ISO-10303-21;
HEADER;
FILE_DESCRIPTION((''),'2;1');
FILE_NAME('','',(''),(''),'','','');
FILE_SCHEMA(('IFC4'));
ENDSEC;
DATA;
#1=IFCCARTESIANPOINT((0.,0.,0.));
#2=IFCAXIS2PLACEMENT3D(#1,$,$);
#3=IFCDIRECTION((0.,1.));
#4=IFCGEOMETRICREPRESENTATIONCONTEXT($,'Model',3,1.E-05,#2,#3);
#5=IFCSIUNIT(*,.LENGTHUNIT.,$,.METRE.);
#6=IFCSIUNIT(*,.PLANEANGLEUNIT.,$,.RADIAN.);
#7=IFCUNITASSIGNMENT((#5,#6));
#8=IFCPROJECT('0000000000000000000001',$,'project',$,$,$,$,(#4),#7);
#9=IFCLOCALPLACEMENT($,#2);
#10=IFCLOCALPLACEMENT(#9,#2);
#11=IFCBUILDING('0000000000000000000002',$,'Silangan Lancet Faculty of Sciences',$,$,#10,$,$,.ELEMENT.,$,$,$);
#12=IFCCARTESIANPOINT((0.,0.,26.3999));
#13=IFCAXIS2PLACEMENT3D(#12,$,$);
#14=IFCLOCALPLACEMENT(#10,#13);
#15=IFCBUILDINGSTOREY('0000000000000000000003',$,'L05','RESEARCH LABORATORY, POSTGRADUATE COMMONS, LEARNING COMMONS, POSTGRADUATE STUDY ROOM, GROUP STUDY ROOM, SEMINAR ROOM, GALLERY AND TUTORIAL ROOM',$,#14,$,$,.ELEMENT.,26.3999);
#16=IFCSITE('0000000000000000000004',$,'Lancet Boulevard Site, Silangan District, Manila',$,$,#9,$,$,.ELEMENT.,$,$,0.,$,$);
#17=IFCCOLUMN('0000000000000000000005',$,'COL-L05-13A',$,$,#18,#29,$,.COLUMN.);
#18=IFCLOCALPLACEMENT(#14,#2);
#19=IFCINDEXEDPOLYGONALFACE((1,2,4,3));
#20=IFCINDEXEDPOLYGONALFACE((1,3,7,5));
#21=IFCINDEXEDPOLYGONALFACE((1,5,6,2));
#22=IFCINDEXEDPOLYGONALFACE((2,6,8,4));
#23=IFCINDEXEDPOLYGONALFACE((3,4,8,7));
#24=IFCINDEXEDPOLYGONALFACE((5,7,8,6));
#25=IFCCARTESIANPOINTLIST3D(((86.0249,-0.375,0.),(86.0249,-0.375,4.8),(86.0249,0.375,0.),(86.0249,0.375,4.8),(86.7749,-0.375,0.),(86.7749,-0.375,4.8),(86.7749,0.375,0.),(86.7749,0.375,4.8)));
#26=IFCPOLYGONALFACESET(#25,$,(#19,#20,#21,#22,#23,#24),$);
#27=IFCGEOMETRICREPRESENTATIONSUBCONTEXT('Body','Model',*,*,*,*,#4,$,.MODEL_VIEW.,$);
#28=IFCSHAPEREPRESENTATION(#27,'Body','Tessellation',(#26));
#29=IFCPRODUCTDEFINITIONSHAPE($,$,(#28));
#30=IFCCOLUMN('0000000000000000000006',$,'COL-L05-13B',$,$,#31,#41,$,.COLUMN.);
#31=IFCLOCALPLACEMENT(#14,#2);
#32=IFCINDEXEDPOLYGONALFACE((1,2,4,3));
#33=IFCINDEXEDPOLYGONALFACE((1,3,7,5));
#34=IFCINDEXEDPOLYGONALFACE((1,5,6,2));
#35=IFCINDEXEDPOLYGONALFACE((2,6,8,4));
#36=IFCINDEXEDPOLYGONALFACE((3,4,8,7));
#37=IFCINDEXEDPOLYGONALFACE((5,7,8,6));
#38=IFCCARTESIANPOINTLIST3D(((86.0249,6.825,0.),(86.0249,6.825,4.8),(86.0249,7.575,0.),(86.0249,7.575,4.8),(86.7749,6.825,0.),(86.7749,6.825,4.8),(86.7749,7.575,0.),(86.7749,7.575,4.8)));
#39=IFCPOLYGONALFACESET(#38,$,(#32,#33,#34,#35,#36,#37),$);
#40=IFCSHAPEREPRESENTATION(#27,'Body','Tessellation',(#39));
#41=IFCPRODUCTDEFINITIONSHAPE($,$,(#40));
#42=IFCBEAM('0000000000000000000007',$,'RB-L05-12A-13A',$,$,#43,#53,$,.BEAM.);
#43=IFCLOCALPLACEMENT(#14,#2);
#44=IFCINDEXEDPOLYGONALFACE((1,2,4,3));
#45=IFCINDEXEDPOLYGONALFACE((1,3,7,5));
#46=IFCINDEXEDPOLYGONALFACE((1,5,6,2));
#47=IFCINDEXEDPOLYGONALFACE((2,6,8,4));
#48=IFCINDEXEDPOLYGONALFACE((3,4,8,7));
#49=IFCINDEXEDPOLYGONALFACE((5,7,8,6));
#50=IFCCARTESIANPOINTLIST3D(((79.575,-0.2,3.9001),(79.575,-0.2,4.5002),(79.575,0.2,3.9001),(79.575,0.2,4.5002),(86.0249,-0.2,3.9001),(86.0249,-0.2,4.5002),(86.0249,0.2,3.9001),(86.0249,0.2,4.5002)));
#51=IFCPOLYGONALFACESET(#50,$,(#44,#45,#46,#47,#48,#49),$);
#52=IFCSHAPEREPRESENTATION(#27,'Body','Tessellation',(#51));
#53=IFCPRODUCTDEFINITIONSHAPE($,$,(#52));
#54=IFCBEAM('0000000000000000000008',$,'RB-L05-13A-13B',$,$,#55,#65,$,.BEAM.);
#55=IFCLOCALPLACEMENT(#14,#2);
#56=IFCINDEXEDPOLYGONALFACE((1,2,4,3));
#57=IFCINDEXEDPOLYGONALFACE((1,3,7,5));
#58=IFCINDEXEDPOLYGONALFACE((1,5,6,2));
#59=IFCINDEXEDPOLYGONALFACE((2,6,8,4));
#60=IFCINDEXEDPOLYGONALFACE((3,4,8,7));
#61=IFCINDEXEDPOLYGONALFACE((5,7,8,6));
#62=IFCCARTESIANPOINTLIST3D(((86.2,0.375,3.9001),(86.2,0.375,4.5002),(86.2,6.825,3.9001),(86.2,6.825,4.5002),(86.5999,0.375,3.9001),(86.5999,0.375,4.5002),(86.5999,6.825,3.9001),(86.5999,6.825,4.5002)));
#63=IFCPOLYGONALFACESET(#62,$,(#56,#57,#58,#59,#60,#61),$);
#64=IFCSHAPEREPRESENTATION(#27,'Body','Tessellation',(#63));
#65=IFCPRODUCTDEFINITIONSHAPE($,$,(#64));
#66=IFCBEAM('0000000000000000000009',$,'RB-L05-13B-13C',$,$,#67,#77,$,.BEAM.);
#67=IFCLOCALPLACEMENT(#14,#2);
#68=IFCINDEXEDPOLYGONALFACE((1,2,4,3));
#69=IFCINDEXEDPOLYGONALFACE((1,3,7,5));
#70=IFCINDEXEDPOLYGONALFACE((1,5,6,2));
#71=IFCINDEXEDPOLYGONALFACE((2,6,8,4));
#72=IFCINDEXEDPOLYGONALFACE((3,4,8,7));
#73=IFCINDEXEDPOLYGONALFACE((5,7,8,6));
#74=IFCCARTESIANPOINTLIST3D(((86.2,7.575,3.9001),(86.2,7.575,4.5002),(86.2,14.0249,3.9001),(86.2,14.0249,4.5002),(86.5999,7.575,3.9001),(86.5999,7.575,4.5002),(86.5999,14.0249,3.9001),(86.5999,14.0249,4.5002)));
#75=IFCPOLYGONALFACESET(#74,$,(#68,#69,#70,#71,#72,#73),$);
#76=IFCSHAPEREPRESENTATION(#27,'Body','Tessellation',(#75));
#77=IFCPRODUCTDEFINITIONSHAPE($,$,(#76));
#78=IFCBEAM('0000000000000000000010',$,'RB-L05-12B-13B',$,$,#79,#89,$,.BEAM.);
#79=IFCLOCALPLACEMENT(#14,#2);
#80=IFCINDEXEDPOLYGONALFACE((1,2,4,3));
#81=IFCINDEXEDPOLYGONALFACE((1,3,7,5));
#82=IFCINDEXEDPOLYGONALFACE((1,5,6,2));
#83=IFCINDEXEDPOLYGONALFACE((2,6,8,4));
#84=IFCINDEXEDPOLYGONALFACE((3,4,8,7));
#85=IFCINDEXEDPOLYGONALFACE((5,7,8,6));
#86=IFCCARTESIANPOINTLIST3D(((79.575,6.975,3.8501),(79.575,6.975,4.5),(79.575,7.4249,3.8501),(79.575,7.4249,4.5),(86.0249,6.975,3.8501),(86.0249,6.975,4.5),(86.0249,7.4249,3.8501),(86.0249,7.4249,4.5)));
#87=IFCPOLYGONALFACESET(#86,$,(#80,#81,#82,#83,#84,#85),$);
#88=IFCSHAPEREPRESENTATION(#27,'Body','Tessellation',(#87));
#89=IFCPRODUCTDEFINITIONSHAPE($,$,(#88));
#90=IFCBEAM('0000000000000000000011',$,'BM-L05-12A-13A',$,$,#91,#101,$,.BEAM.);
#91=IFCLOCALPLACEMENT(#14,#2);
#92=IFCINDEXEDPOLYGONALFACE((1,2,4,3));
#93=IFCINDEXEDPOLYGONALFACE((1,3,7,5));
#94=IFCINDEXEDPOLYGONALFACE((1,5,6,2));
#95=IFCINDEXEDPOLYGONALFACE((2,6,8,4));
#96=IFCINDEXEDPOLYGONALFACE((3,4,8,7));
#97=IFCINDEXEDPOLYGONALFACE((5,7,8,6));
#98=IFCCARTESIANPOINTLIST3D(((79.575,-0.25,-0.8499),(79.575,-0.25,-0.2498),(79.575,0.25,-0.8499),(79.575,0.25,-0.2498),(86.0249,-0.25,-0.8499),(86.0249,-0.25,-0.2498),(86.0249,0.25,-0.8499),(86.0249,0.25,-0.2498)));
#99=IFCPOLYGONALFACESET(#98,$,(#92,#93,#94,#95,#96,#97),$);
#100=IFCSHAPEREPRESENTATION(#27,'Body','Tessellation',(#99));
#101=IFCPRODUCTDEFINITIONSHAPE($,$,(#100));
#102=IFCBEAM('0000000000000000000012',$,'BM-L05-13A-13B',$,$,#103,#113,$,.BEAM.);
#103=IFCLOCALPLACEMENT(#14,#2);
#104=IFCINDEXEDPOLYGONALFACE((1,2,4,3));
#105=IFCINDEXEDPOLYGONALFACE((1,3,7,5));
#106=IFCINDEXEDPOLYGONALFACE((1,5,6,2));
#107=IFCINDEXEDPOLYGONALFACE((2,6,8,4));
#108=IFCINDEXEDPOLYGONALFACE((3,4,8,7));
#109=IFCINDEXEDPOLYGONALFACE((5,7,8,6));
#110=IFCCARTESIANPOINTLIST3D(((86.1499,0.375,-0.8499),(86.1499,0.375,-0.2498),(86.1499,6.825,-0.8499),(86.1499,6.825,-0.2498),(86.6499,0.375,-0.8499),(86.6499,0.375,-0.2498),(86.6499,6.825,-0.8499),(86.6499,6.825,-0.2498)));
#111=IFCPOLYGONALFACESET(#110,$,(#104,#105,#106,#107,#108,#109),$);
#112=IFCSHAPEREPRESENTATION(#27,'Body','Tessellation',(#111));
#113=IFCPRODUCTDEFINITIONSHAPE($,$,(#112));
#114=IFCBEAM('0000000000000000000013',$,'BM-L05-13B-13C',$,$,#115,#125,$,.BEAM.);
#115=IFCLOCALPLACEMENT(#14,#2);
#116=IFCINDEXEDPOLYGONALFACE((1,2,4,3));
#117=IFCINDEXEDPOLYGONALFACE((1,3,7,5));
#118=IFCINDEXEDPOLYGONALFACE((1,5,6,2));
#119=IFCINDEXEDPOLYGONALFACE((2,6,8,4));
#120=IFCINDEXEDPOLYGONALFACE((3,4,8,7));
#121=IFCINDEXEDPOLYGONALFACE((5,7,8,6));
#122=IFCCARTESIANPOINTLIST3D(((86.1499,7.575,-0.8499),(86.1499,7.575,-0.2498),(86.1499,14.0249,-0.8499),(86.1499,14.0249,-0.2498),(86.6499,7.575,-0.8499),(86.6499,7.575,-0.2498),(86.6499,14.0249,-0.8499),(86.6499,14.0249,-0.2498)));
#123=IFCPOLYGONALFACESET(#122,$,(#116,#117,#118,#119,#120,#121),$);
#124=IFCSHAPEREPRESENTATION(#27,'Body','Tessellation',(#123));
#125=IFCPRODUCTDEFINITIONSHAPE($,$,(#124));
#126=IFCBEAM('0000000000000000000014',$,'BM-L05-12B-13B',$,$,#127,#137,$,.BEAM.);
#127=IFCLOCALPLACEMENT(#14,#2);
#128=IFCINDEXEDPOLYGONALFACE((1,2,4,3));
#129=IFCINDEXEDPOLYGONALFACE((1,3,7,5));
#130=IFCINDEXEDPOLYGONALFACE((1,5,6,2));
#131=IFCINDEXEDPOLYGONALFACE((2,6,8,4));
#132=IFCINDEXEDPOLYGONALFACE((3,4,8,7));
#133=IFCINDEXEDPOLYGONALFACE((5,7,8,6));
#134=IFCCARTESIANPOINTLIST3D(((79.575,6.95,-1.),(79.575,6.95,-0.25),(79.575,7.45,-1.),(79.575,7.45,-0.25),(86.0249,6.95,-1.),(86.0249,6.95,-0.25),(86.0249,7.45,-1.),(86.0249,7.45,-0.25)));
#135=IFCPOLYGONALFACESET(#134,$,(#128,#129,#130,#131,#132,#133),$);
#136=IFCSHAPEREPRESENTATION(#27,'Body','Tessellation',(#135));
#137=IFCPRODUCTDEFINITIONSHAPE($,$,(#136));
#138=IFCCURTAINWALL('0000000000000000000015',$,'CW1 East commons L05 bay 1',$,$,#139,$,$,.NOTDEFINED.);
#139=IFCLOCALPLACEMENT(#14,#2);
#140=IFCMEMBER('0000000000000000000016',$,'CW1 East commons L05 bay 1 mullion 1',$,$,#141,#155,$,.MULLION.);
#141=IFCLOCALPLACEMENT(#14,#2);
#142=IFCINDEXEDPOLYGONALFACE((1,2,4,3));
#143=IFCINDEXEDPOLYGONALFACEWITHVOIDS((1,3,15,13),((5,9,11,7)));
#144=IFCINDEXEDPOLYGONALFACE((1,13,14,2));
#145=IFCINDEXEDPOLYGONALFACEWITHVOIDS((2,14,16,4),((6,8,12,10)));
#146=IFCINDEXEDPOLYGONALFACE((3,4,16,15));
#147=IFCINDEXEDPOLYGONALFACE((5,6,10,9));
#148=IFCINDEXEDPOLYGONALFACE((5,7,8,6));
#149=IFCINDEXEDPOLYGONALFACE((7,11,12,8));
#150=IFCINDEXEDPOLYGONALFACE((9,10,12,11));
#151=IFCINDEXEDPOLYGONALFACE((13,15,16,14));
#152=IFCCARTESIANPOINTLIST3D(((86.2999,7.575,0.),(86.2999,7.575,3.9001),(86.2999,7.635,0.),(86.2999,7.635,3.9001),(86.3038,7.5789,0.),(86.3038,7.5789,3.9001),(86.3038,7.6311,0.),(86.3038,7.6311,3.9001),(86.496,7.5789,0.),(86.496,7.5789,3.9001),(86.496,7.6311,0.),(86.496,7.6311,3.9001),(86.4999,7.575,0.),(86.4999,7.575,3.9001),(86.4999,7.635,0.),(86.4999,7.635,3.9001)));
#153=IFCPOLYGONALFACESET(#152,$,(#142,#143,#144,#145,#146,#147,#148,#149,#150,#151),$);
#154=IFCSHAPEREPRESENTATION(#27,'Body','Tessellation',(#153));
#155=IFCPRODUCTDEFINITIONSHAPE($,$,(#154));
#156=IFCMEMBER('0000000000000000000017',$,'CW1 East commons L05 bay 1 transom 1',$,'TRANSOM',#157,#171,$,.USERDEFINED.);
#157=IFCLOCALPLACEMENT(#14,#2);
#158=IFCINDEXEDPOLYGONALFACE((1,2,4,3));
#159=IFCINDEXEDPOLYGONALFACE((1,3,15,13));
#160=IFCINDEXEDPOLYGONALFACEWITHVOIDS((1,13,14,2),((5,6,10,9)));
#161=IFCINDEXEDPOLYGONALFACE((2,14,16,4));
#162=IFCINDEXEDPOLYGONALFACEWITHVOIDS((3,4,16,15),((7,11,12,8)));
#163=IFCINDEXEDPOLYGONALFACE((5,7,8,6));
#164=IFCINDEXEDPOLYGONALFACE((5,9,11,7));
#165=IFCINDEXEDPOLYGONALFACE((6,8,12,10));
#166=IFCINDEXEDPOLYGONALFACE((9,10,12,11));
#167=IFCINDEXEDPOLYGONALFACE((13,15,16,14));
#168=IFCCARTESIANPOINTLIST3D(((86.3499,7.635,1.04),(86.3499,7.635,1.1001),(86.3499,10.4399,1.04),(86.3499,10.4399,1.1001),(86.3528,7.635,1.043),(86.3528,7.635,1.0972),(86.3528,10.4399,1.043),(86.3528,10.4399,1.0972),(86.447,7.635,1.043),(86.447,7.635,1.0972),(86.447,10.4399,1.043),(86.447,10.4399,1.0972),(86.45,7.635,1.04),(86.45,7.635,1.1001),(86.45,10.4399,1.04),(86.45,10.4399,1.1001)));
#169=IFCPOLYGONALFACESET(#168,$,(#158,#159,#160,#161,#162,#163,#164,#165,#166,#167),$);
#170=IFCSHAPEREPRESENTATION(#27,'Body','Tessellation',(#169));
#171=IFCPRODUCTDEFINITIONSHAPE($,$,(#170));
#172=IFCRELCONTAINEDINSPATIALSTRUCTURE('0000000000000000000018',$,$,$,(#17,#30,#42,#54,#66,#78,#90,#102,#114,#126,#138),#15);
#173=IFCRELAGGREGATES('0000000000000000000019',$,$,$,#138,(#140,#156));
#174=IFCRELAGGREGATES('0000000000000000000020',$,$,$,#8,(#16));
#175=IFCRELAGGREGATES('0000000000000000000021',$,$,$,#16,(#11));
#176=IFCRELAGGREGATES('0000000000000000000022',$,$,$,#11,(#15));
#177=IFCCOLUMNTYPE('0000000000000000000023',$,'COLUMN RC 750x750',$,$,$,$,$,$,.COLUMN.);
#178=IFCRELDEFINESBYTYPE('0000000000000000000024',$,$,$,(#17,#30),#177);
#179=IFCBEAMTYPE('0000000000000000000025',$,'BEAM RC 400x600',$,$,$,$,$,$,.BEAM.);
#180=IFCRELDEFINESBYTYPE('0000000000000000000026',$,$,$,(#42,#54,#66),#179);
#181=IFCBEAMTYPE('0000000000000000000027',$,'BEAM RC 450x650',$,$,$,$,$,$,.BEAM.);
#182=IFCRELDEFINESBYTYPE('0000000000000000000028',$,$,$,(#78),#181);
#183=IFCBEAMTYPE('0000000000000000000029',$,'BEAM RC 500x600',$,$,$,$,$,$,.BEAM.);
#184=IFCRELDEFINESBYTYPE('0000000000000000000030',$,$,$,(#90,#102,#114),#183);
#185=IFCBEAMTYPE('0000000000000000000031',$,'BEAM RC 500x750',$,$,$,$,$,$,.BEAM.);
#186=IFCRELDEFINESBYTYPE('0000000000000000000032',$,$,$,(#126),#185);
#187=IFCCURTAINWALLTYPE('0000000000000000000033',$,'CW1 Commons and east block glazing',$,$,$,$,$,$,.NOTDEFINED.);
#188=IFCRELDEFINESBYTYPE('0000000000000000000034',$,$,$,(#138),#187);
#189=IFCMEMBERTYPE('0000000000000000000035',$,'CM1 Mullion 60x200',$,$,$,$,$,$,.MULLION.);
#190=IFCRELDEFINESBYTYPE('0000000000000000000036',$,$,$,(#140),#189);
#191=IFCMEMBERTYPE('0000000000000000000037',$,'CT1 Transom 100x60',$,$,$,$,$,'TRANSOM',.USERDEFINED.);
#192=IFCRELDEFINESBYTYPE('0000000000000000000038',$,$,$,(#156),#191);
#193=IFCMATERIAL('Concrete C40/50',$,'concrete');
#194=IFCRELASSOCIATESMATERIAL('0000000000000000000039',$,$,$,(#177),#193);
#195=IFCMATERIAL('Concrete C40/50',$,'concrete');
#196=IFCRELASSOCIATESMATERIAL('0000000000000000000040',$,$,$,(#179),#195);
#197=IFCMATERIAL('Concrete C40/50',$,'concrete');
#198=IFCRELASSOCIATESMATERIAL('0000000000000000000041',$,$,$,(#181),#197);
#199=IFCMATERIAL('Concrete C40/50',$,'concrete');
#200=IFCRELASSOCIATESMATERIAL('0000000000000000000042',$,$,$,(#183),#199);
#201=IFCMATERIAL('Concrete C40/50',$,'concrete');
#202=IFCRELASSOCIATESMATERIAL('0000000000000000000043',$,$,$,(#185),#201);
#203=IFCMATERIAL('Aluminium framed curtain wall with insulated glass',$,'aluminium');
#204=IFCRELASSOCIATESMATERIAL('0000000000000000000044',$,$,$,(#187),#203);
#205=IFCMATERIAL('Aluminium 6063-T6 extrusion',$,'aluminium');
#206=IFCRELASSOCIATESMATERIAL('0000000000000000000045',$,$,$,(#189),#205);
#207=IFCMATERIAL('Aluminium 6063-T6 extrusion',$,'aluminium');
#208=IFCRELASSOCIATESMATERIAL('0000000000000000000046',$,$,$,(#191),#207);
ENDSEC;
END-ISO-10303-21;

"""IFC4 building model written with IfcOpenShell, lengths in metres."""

from ifc_helpers import new_model, si_unit, direction, frame, origin, origin_2d, place, context, subcontext, project, spatial, rectangle, hollow_rectangle, extrude, material, material_profile, profile_set, type_object, element, aggregate, save


model = new_model("IFC4")

# Units and contexts
model_context = context("Model", 3, precision=1e-05, world=origin(), true_north=direction((0.0, 1.0)))
body_context = subcontext(model_context, "Body", "Model", "MODEL_VIEW")
ifc_project = project(units=[si_unit("LENGTHUNIT", "METRE"), si_unit("PLANEANGLEUNIT", "RADIAN")], contexts=[model_context])

# Site, building, storey
site_placement = place(None, origin())
site = spatial("IfcSite", under=ifc_project, at=site_placement, Name="Lancet Boulevard Site, Silangan District, Manila", CompositionType="ELEMENT", RefElevation=0.0)
building_placement = place(site_placement, origin())
building = spatial("IfcBuilding", under=site, at=building_placement, Name="Silangan Lancet Faculty of Sciences", CompositionType="ELEMENT")
storey_placement = place(building_placement, frame((0.0, 0.0, 26.3999)))
storey = spatial("IfcBuildingStorey", under=building, at=storey_placement, Name="L05", Description="RESEARCH LABORATORY, POSTGRADUATE COMMONS, LEARNING COMMONS, POSTGRADUATE STUDY ROOM, GROUP STUDY ROOM, SEMINAR ROOM, GALLERY AND TUTORIAL ROOM", CompositionType="ELEMENT", Elevation=26.3999)

# Columns
ifc_material_1 = material(Name="Concrete C40/50", Category="concrete")
ifc_material_profile_1 = material_profile(ifc_material_1, rectangle(XDim=0.75, YDim=0.75, at=origin_2d()), Name="RC 750x750")
ifc_profile_set_1 = profile_set([ifc_material_profile_1], Name="Concrete C40/50")
column_type = type_object("IfcColumnType", Name="COLUMN RC 750x750", PredefinedType="COLUMN", material=ifc_profile_set_1)
for number, where, z_axis, x_axis, name in (
    (1, (86.3999, 0.0, 0.0), (0.0, 0.0, 1.0), (1.0, 0.0, 0.0), "COL-L05-13A"),
    (2, (86.3999, 7.2, 0.0), (0.0, 0.0, 1.0), (1.0, 0.0, 0.0), "COL-L05-13B"),
):
    element("IfcColumn", number, at=place(storey_placement, frame(where, z_axis=z_axis, x_axis=x_axis)), inside=storey, type_object=column_type, Name=name, PredefinedType="COLUMN", context=body_context, shape_type="SweptSolid", body=[
        extrude(rectangle(XDim=0.75, YDim=0.75, at=origin_2d()), origin(), (0.0, 0.0, 1.0), 4.8),
    ])

# Beams
ifc_material_2 = material(Name="Concrete C40/50", Category="concrete")
ifc_material_profile_2 = material_profile(ifc_material_2, rectangle(XDim=0.3999, YDim=0.6001, at=origin_2d()), Name="RC 400x600")
ifc_profile_set_2 = profile_set([ifc_material_profile_2], Name="Concrete C40/50")
beam_type_1 = type_object("IfcBeamType", Name="BEAM RC 400x600", PredefinedType="BEAM", material=ifc_profile_set_2)
for number, where, z_axis, x_axis, name in (
    (3, (79.575, 0.0, 4.2002), (1.0, 0.0, 0.0), (0.0, 1.0, 0.0), "RB-L05-12A-13A"),
    (4, (86.3999, 0.375, 4.2002), (0.0, 1.0, 0.0), (-1.0, 0.0, 0.0), "RB-L05-13A-13B"),
    (5, (86.3999, 7.575, 4.2002), (0.0, 1.0, 0.0), (-1.0, 0.0, 0.0), "RB-L05-13B-13C"),
):
    element("IfcBeam", number, at=place(storey_placement, frame(where, z_axis=z_axis, x_axis=x_axis)), inside=storey, type_object=beam_type_1, Name=name, PredefinedType="BEAM", context=body_context, shape_type="SweptSolid", body=[
        extrude(rectangle(XDim=0.3999, YDim=0.6001, at=origin_2d()), origin(), (0.0, 0.0, 1.0), 6.45),
    ])
ifc_material_3 = material(Name="Concrete C40/50", Category="concrete")
ifc_material_profile_3 = material_profile(ifc_material_3, rectangle(XDim=0.45, YDim=0.6499, at=origin_2d()), Name="RC 450x650")
ifc_profile_set_3 = profile_set([ifc_material_profile_3], Name="Concrete C40/50")
beam_type_2 = type_object("IfcBeamType", Name="BEAM RC 450x650", PredefinedType="BEAM", material=ifc_profile_set_3)
beam_1_placement = place(storey_placement, frame((79.575, 7.2, 4.175), z_axis=(1.0, 0.0, 0.0), x_axis=(0.0, 1.0, 0.0)))
element("IfcBeam", 6, at=beam_1_placement, inside=storey, type_object=beam_type_2, Name="RB-L05-12B-13B", PredefinedType="BEAM", context=body_context, shape_type="SweptSolid", body=[
    extrude(rectangle(XDim=0.45, YDim=0.6499, at=origin_2d()), origin(), (0.0, 0.0, 1.0), 6.45),
])
ifc_material_4 = material(Name="Concrete C40/50", Category="concrete")
ifc_material_profile_4 = material_profile(ifc_material_4, rectangle(XDim=0.5, YDim=0.6001, at=origin_2d()), Name="RC 500x600")
ifc_profile_set_4 = profile_set([ifc_material_profile_4], Name="Concrete C40/50")
beam_type_3 = type_object("IfcBeamType", Name="BEAM RC 500x600", PredefinedType="BEAM", material=ifc_profile_set_4)
for number, where, z_axis, x_axis, name in (
    (7, (79.575, 0.0, -0.5498), (1.0, 0.0, 0.0), (0.0, 1.0, 0.0), "BM-L05-12A-13A"),
    (8, (86.3999, 0.375, -0.5498), (0.0, 1.0, 0.0), (-1.0, 0.0, 0.0), "BM-L05-13A-13B"),
    (9, (86.3999, 7.575, -0.5498), (0.0, 1.0, 0.0), (-1.0, 0.0, 0.0), "BM-L05-13B-13C"),
):
    element("IfcBeam", number, at=place(storey_placement, frame(where, z_axis=z_axis, x_axis=x_axis)), inside=storey, type_object=beam_type_3, Name=name, PredefinedType="BEAM", context=body_context, shape_type="SweptSolid", body=[
        extrude(rectangle(XDim=0.5, YDim=0.6001, at=origin_2d()), origin(), (0.0, 0.0, 1.0), 6.45),
    ])
ifc_material_5 = material(Name="Concrete C40/50", Category="concrete")
ifc_material_profile_5 = material_profile(ifc_material_5, rectangle(XDim=0.5, YDim=0.75, at=origin_2d()), Name="RC 500x750")
ifc_profile_set_5 = profile_set([ifc_material_profile_5], Name="Concrete C40/50")
beam_type_4 = type_object("IfcBeamType", Name="BEAM RC 500x750", PredefinedType="BEAM", material=ifc_profile_set_5)
beam_2_placement = place(storey_placement, frame((79.575, 7.2, -0.625), z_axis=(1.0, 0.0, 0.0), x_axis=(0.0, 1.0, 0.0)))
element("IfcBeam", 10, at=beam_2_placement, inside=storey, type_object=beam_type_4, Name="BM-L05-12B-13B", PredefinedType="BEAM", context=body_context, shape_type="SweptSolid", body=[
    extrude(rectangle(XDim=0.5, YDim=0.75, at=origin_2d()), origin(), (0.0, 0.0, 1.0), 6.45),
])

# Curtain wall, members
ifc_material_6 = material(Name="Aluminium framed curtain wall with insulated glass", Category="aluminium")
curtain_wall_type = type_object("IfcCurtainWallType", Name="CW1 Commons and east block glazing", PredefinedType="NOTDEFINED", material=ifc_material_6)
curtain_wall_placement = place(storey_placement, origin())
curtain_wall = element("IfcCurtainWall", 11, at=curtain_wall_placement, inside=storey, type_object=curtain_wall_type, Name="CW1 East commons L05 bay 1", PredefinedType="NOTDEFINED")
ifc_material_7 = material(Name="Aluminium 6063-T6 extrusion", Category="aluminium")
ifc_material_profile_6 = material_profile(ifc_material_7, hollow_rectangle(XDim=0.0601, YDim=0.2, WallThickness=0.0039, at=origin_2d()), Name="AL BOX 60x200x4")
ifc_profile_set_6 = profile_set([ifc_material_profile_6], Name="Aluminium 6063-T6 extrusion")
member_type_1 = type_object("IfcMemberType", Name="CM1 Mullion 60x200", PredefinedType="MULLION", material=ifc_profile_set_6)
member_1_placement = place(storey_placement, frame((86.3999, 7.605, 0.0), z_axis=(0.0, 0.0, 1.0), x_axis=(0.0, 1.0, 0.0)))
member_1 = element("IfcMember", 12, at=member_1_placement, type_object=member_type_1, Name="CW1 East commons L05 bay 1 mullion 1", PredefinedType="MULLION", context=body_context, shape_type="SweptSolid", body=[
    extrude(hollow_rectangle(XDim=0.0601, YDim=0.2, WallThickness=0.0039, at=origin_2d()), origin(), (0.0, 0.0, 1.0), 3.9001),
])
ifc_material_8 = material(Name="Aluminium 6063-T6 extrusion", Category="aluminium")
ifc_material_profile_7 = material_profile(ifc_material_8, hollow_rectangle(XDim=0.1001, YDim=0.0601, WallThickness=0.0029, at=origin_2d()), Name="AL BOX 100x60x3")
ifc_profile_set_7 = profile_set([ifc_material_profile_7], Name="Aluminium 6063-T6 extrusion")
member_type_2 = type_object("IfcMemberType", Name="CT1 Transom 100x60", ElementType="TRANSOM", PredefinedType="USERDEFINED", material=ifc_profile_set_7)
member_2_placement = place(storey_placement, frame((86.3999, 7.635, 1.0701), z_axis=(0.0, 1.0, 0.0), x_axis=(-1.0, 0.0, 0.0)))
member_2 = element("IfcMember", 13, at=member_2_placement, type_object=member_type_2, Name="CW1 East commons L05 bay 1 transom 1", ObjectType="TRANSOM", PredefinedType="USERDEFINED", context=body_context, shape_type="SweptSolid", body=[
    extrude(hollow_rectangle(XDim=0.1001, YDim=0.0601, WallThickness=0.0029, at=origin_2d()), origin(), (0.0, 0.0, 1.0), 2.8049),
])
aggregate(curtain_wall, [member_1, member_2])

save(model, "model.ifc")
